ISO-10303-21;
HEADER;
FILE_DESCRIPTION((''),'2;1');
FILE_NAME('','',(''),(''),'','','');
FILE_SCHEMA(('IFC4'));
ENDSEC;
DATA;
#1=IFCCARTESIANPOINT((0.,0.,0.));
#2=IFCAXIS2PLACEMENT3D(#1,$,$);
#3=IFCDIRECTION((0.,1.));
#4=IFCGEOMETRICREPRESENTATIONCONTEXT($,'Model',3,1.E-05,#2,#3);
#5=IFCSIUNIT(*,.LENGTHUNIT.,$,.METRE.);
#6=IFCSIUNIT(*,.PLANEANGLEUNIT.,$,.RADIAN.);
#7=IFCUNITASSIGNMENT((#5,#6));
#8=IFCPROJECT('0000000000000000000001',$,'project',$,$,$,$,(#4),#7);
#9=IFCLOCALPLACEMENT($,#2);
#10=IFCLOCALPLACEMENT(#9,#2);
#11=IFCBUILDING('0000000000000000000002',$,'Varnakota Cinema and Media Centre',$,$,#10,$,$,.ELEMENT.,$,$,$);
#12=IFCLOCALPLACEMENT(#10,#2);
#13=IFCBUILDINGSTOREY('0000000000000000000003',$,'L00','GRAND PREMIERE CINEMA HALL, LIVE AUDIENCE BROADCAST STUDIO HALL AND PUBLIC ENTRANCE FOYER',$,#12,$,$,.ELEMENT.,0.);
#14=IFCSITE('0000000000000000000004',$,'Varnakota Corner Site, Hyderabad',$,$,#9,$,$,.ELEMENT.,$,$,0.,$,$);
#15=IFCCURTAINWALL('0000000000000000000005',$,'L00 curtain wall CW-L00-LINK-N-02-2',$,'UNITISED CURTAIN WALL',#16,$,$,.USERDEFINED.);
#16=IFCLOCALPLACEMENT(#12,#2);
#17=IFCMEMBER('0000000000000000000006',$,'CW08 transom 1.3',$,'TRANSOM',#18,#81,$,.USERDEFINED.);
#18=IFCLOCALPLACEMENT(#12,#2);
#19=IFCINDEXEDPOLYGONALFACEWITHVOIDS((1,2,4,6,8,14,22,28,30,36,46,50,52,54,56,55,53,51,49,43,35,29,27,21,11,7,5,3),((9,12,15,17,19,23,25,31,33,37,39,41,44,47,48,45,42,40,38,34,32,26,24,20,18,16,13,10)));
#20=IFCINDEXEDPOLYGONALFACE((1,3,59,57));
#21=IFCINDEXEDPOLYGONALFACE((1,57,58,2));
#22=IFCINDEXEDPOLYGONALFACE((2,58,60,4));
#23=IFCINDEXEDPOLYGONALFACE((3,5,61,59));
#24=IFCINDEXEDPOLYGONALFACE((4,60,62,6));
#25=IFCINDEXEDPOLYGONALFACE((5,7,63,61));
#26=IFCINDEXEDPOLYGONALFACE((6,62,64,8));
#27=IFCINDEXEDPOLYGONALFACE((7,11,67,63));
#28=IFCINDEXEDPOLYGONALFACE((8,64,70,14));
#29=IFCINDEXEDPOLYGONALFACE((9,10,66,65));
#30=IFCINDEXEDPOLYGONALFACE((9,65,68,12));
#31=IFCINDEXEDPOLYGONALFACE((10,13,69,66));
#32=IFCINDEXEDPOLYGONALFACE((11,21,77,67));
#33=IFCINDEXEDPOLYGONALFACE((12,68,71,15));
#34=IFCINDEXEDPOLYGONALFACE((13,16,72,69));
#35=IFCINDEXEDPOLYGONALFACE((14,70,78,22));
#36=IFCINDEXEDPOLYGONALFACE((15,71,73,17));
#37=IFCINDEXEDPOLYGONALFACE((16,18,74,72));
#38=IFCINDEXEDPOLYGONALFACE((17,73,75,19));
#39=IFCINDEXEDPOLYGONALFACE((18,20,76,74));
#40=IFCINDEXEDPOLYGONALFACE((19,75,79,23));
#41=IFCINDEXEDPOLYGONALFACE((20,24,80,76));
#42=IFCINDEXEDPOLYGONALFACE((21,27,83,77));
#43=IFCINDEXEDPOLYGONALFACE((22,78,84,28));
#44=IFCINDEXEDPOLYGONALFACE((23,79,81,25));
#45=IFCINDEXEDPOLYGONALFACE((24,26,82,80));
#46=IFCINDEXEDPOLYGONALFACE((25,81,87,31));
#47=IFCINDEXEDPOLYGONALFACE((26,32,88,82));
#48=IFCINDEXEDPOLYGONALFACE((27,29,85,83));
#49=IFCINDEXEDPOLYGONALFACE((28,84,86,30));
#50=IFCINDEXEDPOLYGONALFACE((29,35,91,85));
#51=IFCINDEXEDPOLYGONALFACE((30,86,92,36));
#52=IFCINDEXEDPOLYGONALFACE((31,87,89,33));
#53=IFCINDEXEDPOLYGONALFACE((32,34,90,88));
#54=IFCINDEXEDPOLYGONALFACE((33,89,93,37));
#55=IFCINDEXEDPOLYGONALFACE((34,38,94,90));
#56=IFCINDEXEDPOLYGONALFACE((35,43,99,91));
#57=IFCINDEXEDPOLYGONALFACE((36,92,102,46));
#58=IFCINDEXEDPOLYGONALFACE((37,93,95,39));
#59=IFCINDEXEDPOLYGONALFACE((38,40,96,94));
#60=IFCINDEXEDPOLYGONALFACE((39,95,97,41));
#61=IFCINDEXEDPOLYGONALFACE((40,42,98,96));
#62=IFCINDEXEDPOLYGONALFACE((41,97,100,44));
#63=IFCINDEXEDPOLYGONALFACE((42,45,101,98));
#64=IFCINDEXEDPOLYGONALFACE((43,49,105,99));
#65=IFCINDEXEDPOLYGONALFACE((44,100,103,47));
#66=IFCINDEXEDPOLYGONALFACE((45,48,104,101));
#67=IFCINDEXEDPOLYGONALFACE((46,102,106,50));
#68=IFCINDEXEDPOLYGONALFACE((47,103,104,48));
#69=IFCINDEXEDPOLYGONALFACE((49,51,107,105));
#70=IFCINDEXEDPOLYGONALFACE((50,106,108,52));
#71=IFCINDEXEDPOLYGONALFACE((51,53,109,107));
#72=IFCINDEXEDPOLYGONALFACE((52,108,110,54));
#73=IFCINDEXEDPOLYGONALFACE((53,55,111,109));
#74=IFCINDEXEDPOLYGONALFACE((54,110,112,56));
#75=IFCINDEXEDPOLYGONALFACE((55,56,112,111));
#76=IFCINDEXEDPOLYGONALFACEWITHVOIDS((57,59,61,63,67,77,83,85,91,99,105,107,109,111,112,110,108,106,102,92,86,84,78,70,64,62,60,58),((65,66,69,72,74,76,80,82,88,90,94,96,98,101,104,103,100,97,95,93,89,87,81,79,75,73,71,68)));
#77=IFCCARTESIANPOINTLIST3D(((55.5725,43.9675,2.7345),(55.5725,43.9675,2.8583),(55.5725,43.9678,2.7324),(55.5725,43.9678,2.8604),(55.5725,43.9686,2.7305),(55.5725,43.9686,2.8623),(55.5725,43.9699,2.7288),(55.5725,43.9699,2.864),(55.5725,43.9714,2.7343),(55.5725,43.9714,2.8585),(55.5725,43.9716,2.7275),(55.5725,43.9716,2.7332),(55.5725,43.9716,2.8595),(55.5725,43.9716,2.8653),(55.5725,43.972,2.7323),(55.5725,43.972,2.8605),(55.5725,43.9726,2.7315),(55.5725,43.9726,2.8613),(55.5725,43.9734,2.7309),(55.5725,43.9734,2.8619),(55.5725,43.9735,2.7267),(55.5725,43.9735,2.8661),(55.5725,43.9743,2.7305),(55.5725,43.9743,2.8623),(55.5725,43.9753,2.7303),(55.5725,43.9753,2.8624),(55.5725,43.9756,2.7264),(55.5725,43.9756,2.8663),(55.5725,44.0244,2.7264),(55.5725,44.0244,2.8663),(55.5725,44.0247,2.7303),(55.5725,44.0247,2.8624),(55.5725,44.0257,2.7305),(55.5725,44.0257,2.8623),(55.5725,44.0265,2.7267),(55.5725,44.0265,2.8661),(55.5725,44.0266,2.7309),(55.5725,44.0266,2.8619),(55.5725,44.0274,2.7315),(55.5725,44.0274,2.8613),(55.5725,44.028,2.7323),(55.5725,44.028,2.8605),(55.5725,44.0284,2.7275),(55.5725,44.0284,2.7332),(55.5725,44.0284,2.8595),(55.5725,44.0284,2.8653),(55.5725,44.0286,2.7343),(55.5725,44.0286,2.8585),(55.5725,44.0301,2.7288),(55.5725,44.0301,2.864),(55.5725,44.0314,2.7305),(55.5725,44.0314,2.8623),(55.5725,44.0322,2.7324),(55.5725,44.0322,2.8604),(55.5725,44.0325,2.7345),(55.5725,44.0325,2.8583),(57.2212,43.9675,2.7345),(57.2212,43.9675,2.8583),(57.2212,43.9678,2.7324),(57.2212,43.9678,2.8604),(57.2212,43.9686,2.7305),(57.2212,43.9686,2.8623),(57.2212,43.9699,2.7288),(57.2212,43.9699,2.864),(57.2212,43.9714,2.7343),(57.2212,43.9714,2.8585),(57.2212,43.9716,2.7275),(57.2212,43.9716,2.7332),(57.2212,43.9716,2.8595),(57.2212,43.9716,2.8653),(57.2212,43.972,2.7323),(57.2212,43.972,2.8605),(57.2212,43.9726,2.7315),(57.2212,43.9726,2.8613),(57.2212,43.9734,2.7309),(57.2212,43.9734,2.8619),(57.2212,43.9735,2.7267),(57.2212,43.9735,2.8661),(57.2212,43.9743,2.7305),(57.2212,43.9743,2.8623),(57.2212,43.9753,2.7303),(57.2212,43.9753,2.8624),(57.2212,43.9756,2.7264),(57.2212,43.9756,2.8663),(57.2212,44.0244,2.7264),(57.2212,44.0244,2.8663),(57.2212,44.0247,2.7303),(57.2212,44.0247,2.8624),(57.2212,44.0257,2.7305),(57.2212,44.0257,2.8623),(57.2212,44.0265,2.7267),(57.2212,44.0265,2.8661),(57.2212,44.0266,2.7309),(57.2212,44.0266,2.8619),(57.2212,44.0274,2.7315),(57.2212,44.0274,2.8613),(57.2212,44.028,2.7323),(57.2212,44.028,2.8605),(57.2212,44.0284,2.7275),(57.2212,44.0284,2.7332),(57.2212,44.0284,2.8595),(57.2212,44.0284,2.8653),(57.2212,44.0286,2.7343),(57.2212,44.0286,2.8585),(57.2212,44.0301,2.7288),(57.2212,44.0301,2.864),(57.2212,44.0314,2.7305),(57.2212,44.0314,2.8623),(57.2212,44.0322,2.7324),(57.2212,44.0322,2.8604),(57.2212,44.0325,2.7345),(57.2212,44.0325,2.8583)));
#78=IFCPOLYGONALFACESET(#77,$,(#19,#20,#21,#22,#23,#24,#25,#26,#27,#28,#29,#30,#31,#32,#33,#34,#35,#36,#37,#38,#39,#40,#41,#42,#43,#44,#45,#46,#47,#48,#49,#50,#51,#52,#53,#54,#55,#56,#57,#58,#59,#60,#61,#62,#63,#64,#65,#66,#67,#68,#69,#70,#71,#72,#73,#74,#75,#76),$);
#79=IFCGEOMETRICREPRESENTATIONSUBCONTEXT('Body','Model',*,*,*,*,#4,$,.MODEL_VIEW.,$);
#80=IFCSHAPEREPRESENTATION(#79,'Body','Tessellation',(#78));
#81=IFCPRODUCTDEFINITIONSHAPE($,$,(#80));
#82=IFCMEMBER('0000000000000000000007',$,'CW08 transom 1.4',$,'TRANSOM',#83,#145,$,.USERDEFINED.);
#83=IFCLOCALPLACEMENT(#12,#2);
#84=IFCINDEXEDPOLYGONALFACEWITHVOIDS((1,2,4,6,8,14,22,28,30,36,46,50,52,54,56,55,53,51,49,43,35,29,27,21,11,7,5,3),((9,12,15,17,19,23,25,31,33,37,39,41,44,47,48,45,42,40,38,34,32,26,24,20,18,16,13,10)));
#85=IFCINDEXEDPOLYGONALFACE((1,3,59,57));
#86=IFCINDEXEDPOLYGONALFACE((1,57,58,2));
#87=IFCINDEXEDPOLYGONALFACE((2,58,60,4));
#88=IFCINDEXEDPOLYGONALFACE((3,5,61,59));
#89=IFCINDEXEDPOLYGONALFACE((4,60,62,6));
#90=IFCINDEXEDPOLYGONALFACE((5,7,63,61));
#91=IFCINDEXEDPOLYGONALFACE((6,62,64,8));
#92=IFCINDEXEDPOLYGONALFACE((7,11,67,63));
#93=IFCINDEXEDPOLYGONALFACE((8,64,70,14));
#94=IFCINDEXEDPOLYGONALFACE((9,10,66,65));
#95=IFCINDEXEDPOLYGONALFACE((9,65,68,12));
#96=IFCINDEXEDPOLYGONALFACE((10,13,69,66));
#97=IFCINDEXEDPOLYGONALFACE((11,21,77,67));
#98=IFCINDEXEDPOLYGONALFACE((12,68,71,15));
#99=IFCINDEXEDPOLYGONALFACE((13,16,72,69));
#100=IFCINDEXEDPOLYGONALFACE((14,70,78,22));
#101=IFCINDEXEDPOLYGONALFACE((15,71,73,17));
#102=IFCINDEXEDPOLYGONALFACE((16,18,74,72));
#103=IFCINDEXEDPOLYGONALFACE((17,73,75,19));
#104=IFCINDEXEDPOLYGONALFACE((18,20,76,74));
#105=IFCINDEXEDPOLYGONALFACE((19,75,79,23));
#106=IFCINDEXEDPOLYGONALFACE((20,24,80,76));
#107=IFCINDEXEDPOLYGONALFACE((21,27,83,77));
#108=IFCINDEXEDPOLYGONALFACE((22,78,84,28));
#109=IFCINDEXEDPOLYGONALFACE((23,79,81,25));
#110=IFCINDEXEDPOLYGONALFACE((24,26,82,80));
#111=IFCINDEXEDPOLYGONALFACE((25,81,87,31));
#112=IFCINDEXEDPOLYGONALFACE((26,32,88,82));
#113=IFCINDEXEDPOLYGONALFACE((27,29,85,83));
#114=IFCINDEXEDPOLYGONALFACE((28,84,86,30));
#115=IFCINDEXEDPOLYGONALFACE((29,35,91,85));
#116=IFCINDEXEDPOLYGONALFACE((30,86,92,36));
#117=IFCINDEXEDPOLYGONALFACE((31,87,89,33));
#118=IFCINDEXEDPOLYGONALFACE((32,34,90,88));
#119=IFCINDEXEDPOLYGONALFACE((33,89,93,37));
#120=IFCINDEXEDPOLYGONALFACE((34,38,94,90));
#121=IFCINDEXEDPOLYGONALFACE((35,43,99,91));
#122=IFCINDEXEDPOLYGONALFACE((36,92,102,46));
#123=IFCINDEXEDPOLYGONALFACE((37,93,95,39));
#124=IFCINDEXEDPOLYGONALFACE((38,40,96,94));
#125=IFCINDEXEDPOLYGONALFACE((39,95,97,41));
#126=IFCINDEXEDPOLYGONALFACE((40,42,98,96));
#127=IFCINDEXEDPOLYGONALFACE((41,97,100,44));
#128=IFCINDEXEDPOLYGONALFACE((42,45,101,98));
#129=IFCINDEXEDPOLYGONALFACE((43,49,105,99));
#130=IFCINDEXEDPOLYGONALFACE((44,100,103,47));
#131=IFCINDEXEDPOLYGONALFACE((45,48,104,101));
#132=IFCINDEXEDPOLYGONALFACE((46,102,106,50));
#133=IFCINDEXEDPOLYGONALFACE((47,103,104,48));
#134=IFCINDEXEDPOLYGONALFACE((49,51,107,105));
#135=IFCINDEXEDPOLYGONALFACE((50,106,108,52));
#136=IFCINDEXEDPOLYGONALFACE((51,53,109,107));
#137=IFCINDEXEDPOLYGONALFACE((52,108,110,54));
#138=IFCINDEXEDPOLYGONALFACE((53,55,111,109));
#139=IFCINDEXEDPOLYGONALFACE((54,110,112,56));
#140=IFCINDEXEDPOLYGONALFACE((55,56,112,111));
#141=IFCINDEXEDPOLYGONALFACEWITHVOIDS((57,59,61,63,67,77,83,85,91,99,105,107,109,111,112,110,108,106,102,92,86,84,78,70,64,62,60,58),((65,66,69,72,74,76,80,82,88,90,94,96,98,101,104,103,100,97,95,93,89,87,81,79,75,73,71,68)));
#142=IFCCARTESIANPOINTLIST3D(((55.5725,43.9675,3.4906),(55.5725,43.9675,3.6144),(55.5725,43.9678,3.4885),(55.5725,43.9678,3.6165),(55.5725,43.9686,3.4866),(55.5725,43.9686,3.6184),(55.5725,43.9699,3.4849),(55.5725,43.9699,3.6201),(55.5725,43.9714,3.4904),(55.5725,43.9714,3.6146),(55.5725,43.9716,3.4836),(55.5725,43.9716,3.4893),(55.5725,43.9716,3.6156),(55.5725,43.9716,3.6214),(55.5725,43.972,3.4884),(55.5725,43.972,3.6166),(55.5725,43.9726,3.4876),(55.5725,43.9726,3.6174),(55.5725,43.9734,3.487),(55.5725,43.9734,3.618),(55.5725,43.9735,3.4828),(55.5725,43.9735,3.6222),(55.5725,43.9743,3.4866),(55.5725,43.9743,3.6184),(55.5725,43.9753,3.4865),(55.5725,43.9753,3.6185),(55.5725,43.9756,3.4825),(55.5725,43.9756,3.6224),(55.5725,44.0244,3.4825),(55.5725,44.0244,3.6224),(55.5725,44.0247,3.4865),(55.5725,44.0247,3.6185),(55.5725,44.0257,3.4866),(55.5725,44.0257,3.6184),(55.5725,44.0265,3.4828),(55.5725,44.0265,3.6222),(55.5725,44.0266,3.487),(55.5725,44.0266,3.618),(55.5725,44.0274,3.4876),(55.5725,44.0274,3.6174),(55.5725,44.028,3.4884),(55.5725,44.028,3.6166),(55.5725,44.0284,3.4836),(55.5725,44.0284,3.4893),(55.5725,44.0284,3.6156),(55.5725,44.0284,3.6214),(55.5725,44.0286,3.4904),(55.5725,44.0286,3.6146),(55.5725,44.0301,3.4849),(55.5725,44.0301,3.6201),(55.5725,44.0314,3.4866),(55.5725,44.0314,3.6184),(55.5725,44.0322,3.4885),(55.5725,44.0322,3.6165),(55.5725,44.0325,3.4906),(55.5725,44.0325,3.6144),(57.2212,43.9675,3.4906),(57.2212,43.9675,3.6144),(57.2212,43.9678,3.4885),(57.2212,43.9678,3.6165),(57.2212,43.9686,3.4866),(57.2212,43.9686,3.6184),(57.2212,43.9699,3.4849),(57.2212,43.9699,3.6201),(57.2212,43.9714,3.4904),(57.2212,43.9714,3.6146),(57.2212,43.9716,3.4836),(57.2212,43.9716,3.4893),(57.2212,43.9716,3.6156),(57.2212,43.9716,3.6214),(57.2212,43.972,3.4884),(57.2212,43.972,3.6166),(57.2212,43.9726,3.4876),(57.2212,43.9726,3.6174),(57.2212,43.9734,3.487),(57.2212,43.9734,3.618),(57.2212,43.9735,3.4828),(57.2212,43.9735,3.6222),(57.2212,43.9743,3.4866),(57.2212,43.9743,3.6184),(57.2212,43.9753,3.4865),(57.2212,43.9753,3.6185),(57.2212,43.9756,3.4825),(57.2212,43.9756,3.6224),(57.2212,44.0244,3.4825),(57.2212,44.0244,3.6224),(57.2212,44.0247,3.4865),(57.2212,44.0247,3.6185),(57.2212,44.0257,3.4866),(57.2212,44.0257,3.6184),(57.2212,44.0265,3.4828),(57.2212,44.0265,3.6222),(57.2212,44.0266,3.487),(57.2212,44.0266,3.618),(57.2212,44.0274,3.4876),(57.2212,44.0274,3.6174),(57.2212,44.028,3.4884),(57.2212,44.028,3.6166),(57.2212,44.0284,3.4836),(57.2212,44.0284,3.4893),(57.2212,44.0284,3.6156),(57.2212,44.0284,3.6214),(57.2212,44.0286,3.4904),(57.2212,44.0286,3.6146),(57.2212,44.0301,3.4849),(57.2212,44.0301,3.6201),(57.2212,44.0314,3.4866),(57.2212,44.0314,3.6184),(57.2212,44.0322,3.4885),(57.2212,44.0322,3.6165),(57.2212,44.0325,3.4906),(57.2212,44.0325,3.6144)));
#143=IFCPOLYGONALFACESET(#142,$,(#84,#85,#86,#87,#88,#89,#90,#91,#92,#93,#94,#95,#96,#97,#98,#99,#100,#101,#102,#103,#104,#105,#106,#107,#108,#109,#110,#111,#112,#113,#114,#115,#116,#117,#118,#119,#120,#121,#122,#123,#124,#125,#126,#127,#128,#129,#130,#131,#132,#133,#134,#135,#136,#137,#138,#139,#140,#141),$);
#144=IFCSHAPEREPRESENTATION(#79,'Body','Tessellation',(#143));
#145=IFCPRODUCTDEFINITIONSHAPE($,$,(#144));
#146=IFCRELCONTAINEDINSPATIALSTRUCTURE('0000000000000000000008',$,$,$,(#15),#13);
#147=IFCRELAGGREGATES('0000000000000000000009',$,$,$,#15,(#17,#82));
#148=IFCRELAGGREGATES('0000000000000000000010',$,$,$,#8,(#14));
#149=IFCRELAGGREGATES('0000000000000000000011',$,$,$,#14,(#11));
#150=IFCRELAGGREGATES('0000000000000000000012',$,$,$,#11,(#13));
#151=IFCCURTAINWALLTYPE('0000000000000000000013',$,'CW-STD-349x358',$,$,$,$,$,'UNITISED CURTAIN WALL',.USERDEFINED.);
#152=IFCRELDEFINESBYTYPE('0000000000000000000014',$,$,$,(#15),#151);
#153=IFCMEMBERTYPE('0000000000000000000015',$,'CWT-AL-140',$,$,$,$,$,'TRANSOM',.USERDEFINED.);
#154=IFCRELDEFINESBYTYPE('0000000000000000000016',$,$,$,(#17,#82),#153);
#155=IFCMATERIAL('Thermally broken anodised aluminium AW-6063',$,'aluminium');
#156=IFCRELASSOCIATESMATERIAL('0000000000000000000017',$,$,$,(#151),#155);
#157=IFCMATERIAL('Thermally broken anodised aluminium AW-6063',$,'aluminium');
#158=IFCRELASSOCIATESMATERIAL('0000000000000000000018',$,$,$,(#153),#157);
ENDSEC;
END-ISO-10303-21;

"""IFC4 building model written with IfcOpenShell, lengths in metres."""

from ifc_helpers import new_model, si_unit, direction, frame, origin, origin_2d, place, context, subcontext, project, spatial, hollow_rectangle, extrude, material, material_profile, profile_set, type_object, element, aggregate, save


model = new_model("IFC4")

# Units and contexts
model_context = context("Model", 3, precision=1e-05, world=origin(), true_north=direction((0.0, 1.0)))
body_context = subcontext(model_context, "Body", "Model", "MODEL_VIEW")
ifc_project = project(units=[si_unit("LENGTHUNIT", "METRE"), si_unit("PLANEANGLEUNIT", "RADIAN")], contexts=[model_context])

# Site, building, storey
site_placement = place(None, origin())
site = spatial("IfcSite", under=ifc_project, at=site_placement, Name="Varnakota Corner Site, Hyderabad", CompositionType="ELEMENT", RefElevation=0.0)
building_placement = place(site_placement, origin())
building = spatial("IfcBuilding", under=site, at=building_placement, Name="Varnakota Cinema and Media Centre", CompositionType="ELEMENT")
storey_placement = place(building_placement, origin())
storey = spatial("IfcBuildingStorey", under=building, at=storey_placement, Name="L00", Description="GRAND PREMIERE CINEMA HALL, LIVE AUDIENCE BROADCAST STUDIO HALL AND PUBLIC ENTRANCE FOYER", CompositionType="ELEMENT", Elevation=0.0)

# Shared definitions
ifc_material_1 = material(Name="Thermally broken anodised aluminium AW-6063", Category="aluminium")
curtain_wall_type_1 = type_object("IfcCurtainWallType", Name="CW-STD-349x358", ElementType="UNITISED CURTAIN WALL", PredefinedType="USERDEFINED", material=ifc_material_1)

# Curtain wall
curtain_wall_1_placement = place(storey_placement, origin())
curtain_wall_1 = element("IfcCurtainWall", 1, at=curtain_wall_1_placement, inside=storey, type_object=curtain_wall_type_1, Name="L00 curtain wall CW-L00-LINK-N-02-2", ObjectType="UNITISED CURTAIN WALL", PredefinedType="USERDEFINED")

# Members
ifc_material_2 = material(Name="Thermally broken anodised aluminium AW-6063", Category="aluminium")
ifc_material_profile_1 = material_profile(ifc_material_2, hollow_rectangle(XDim=0.0649, YDim=0.1399, WallThickness=0.0039, InnerFilletRadius=0.0039, OuterFilletRadius=0.0081, at=origin_2d()), Name="AL-TRANSOM 140x65x4")
ifc_profile_set_1 = profile_set([ifc_material_profile_1], Name="Thermally broken anodised aluminium AW-6063")
member_type_1 = type_object("IfcMemberType", Name="CWT-AL-140", ElementType="TRANSOM", PredefinedType="USERDEFINED", material=ifc_profile_set_1)
member_1_placement = place(storey_placement, frame((55.5725, 44.0, 2.7964), z_axis=(1.0, 0.0, 0.0), x_axis=(0.0, 1.0, 0.0)))
member_1 = element("IfcMember", 2, at=member_1_placement, type_object=member_type_1, Name="CW08 transom 1.3", ObjectType="TRANSOM", PredefinedType="USERDEFINED", context=body_context, shape_type="SweptSolid", body=[
    extrude(hollow_rectangle(XDim=0.0649, YDim=0.1399, WallThickness=0.0039, InnerFilletRadius=0.0039, OuterFilletRadius=0.0081, at=origin_2d()), origin(), (0.0, 0.0, 1.0), 1.6487),
])
member_2_placement = place(storey_placement, frame((55.5725, 44.0, 3.5525), z_axis=(1.0, 0.0, 0.0), x_axis=(0.0, 1.0, 0.0)))
member_2 = element("IfcMember", 3, at=member_2_placement, type_object=member_type_1, Name="CW08 transom 1.4", ObjectType="TRANSOM", PredefinedType="USERDEFINED", context=body_context, shape_type="SweptSolid", body=[
    extrude(hollow_rectangle(XDim=0.0649, YDim=0.1399, WallThickness=0.0039, InnerFilletRadius=0.0039, OuterFilletRadius=0.0081, at=origin_2d()), origin(), (0.0, 0.0, 1.0), 1.6487),
])

aggregate(curtain_wall_1, [member_1, member_2])

save(model, "model.ifc")
